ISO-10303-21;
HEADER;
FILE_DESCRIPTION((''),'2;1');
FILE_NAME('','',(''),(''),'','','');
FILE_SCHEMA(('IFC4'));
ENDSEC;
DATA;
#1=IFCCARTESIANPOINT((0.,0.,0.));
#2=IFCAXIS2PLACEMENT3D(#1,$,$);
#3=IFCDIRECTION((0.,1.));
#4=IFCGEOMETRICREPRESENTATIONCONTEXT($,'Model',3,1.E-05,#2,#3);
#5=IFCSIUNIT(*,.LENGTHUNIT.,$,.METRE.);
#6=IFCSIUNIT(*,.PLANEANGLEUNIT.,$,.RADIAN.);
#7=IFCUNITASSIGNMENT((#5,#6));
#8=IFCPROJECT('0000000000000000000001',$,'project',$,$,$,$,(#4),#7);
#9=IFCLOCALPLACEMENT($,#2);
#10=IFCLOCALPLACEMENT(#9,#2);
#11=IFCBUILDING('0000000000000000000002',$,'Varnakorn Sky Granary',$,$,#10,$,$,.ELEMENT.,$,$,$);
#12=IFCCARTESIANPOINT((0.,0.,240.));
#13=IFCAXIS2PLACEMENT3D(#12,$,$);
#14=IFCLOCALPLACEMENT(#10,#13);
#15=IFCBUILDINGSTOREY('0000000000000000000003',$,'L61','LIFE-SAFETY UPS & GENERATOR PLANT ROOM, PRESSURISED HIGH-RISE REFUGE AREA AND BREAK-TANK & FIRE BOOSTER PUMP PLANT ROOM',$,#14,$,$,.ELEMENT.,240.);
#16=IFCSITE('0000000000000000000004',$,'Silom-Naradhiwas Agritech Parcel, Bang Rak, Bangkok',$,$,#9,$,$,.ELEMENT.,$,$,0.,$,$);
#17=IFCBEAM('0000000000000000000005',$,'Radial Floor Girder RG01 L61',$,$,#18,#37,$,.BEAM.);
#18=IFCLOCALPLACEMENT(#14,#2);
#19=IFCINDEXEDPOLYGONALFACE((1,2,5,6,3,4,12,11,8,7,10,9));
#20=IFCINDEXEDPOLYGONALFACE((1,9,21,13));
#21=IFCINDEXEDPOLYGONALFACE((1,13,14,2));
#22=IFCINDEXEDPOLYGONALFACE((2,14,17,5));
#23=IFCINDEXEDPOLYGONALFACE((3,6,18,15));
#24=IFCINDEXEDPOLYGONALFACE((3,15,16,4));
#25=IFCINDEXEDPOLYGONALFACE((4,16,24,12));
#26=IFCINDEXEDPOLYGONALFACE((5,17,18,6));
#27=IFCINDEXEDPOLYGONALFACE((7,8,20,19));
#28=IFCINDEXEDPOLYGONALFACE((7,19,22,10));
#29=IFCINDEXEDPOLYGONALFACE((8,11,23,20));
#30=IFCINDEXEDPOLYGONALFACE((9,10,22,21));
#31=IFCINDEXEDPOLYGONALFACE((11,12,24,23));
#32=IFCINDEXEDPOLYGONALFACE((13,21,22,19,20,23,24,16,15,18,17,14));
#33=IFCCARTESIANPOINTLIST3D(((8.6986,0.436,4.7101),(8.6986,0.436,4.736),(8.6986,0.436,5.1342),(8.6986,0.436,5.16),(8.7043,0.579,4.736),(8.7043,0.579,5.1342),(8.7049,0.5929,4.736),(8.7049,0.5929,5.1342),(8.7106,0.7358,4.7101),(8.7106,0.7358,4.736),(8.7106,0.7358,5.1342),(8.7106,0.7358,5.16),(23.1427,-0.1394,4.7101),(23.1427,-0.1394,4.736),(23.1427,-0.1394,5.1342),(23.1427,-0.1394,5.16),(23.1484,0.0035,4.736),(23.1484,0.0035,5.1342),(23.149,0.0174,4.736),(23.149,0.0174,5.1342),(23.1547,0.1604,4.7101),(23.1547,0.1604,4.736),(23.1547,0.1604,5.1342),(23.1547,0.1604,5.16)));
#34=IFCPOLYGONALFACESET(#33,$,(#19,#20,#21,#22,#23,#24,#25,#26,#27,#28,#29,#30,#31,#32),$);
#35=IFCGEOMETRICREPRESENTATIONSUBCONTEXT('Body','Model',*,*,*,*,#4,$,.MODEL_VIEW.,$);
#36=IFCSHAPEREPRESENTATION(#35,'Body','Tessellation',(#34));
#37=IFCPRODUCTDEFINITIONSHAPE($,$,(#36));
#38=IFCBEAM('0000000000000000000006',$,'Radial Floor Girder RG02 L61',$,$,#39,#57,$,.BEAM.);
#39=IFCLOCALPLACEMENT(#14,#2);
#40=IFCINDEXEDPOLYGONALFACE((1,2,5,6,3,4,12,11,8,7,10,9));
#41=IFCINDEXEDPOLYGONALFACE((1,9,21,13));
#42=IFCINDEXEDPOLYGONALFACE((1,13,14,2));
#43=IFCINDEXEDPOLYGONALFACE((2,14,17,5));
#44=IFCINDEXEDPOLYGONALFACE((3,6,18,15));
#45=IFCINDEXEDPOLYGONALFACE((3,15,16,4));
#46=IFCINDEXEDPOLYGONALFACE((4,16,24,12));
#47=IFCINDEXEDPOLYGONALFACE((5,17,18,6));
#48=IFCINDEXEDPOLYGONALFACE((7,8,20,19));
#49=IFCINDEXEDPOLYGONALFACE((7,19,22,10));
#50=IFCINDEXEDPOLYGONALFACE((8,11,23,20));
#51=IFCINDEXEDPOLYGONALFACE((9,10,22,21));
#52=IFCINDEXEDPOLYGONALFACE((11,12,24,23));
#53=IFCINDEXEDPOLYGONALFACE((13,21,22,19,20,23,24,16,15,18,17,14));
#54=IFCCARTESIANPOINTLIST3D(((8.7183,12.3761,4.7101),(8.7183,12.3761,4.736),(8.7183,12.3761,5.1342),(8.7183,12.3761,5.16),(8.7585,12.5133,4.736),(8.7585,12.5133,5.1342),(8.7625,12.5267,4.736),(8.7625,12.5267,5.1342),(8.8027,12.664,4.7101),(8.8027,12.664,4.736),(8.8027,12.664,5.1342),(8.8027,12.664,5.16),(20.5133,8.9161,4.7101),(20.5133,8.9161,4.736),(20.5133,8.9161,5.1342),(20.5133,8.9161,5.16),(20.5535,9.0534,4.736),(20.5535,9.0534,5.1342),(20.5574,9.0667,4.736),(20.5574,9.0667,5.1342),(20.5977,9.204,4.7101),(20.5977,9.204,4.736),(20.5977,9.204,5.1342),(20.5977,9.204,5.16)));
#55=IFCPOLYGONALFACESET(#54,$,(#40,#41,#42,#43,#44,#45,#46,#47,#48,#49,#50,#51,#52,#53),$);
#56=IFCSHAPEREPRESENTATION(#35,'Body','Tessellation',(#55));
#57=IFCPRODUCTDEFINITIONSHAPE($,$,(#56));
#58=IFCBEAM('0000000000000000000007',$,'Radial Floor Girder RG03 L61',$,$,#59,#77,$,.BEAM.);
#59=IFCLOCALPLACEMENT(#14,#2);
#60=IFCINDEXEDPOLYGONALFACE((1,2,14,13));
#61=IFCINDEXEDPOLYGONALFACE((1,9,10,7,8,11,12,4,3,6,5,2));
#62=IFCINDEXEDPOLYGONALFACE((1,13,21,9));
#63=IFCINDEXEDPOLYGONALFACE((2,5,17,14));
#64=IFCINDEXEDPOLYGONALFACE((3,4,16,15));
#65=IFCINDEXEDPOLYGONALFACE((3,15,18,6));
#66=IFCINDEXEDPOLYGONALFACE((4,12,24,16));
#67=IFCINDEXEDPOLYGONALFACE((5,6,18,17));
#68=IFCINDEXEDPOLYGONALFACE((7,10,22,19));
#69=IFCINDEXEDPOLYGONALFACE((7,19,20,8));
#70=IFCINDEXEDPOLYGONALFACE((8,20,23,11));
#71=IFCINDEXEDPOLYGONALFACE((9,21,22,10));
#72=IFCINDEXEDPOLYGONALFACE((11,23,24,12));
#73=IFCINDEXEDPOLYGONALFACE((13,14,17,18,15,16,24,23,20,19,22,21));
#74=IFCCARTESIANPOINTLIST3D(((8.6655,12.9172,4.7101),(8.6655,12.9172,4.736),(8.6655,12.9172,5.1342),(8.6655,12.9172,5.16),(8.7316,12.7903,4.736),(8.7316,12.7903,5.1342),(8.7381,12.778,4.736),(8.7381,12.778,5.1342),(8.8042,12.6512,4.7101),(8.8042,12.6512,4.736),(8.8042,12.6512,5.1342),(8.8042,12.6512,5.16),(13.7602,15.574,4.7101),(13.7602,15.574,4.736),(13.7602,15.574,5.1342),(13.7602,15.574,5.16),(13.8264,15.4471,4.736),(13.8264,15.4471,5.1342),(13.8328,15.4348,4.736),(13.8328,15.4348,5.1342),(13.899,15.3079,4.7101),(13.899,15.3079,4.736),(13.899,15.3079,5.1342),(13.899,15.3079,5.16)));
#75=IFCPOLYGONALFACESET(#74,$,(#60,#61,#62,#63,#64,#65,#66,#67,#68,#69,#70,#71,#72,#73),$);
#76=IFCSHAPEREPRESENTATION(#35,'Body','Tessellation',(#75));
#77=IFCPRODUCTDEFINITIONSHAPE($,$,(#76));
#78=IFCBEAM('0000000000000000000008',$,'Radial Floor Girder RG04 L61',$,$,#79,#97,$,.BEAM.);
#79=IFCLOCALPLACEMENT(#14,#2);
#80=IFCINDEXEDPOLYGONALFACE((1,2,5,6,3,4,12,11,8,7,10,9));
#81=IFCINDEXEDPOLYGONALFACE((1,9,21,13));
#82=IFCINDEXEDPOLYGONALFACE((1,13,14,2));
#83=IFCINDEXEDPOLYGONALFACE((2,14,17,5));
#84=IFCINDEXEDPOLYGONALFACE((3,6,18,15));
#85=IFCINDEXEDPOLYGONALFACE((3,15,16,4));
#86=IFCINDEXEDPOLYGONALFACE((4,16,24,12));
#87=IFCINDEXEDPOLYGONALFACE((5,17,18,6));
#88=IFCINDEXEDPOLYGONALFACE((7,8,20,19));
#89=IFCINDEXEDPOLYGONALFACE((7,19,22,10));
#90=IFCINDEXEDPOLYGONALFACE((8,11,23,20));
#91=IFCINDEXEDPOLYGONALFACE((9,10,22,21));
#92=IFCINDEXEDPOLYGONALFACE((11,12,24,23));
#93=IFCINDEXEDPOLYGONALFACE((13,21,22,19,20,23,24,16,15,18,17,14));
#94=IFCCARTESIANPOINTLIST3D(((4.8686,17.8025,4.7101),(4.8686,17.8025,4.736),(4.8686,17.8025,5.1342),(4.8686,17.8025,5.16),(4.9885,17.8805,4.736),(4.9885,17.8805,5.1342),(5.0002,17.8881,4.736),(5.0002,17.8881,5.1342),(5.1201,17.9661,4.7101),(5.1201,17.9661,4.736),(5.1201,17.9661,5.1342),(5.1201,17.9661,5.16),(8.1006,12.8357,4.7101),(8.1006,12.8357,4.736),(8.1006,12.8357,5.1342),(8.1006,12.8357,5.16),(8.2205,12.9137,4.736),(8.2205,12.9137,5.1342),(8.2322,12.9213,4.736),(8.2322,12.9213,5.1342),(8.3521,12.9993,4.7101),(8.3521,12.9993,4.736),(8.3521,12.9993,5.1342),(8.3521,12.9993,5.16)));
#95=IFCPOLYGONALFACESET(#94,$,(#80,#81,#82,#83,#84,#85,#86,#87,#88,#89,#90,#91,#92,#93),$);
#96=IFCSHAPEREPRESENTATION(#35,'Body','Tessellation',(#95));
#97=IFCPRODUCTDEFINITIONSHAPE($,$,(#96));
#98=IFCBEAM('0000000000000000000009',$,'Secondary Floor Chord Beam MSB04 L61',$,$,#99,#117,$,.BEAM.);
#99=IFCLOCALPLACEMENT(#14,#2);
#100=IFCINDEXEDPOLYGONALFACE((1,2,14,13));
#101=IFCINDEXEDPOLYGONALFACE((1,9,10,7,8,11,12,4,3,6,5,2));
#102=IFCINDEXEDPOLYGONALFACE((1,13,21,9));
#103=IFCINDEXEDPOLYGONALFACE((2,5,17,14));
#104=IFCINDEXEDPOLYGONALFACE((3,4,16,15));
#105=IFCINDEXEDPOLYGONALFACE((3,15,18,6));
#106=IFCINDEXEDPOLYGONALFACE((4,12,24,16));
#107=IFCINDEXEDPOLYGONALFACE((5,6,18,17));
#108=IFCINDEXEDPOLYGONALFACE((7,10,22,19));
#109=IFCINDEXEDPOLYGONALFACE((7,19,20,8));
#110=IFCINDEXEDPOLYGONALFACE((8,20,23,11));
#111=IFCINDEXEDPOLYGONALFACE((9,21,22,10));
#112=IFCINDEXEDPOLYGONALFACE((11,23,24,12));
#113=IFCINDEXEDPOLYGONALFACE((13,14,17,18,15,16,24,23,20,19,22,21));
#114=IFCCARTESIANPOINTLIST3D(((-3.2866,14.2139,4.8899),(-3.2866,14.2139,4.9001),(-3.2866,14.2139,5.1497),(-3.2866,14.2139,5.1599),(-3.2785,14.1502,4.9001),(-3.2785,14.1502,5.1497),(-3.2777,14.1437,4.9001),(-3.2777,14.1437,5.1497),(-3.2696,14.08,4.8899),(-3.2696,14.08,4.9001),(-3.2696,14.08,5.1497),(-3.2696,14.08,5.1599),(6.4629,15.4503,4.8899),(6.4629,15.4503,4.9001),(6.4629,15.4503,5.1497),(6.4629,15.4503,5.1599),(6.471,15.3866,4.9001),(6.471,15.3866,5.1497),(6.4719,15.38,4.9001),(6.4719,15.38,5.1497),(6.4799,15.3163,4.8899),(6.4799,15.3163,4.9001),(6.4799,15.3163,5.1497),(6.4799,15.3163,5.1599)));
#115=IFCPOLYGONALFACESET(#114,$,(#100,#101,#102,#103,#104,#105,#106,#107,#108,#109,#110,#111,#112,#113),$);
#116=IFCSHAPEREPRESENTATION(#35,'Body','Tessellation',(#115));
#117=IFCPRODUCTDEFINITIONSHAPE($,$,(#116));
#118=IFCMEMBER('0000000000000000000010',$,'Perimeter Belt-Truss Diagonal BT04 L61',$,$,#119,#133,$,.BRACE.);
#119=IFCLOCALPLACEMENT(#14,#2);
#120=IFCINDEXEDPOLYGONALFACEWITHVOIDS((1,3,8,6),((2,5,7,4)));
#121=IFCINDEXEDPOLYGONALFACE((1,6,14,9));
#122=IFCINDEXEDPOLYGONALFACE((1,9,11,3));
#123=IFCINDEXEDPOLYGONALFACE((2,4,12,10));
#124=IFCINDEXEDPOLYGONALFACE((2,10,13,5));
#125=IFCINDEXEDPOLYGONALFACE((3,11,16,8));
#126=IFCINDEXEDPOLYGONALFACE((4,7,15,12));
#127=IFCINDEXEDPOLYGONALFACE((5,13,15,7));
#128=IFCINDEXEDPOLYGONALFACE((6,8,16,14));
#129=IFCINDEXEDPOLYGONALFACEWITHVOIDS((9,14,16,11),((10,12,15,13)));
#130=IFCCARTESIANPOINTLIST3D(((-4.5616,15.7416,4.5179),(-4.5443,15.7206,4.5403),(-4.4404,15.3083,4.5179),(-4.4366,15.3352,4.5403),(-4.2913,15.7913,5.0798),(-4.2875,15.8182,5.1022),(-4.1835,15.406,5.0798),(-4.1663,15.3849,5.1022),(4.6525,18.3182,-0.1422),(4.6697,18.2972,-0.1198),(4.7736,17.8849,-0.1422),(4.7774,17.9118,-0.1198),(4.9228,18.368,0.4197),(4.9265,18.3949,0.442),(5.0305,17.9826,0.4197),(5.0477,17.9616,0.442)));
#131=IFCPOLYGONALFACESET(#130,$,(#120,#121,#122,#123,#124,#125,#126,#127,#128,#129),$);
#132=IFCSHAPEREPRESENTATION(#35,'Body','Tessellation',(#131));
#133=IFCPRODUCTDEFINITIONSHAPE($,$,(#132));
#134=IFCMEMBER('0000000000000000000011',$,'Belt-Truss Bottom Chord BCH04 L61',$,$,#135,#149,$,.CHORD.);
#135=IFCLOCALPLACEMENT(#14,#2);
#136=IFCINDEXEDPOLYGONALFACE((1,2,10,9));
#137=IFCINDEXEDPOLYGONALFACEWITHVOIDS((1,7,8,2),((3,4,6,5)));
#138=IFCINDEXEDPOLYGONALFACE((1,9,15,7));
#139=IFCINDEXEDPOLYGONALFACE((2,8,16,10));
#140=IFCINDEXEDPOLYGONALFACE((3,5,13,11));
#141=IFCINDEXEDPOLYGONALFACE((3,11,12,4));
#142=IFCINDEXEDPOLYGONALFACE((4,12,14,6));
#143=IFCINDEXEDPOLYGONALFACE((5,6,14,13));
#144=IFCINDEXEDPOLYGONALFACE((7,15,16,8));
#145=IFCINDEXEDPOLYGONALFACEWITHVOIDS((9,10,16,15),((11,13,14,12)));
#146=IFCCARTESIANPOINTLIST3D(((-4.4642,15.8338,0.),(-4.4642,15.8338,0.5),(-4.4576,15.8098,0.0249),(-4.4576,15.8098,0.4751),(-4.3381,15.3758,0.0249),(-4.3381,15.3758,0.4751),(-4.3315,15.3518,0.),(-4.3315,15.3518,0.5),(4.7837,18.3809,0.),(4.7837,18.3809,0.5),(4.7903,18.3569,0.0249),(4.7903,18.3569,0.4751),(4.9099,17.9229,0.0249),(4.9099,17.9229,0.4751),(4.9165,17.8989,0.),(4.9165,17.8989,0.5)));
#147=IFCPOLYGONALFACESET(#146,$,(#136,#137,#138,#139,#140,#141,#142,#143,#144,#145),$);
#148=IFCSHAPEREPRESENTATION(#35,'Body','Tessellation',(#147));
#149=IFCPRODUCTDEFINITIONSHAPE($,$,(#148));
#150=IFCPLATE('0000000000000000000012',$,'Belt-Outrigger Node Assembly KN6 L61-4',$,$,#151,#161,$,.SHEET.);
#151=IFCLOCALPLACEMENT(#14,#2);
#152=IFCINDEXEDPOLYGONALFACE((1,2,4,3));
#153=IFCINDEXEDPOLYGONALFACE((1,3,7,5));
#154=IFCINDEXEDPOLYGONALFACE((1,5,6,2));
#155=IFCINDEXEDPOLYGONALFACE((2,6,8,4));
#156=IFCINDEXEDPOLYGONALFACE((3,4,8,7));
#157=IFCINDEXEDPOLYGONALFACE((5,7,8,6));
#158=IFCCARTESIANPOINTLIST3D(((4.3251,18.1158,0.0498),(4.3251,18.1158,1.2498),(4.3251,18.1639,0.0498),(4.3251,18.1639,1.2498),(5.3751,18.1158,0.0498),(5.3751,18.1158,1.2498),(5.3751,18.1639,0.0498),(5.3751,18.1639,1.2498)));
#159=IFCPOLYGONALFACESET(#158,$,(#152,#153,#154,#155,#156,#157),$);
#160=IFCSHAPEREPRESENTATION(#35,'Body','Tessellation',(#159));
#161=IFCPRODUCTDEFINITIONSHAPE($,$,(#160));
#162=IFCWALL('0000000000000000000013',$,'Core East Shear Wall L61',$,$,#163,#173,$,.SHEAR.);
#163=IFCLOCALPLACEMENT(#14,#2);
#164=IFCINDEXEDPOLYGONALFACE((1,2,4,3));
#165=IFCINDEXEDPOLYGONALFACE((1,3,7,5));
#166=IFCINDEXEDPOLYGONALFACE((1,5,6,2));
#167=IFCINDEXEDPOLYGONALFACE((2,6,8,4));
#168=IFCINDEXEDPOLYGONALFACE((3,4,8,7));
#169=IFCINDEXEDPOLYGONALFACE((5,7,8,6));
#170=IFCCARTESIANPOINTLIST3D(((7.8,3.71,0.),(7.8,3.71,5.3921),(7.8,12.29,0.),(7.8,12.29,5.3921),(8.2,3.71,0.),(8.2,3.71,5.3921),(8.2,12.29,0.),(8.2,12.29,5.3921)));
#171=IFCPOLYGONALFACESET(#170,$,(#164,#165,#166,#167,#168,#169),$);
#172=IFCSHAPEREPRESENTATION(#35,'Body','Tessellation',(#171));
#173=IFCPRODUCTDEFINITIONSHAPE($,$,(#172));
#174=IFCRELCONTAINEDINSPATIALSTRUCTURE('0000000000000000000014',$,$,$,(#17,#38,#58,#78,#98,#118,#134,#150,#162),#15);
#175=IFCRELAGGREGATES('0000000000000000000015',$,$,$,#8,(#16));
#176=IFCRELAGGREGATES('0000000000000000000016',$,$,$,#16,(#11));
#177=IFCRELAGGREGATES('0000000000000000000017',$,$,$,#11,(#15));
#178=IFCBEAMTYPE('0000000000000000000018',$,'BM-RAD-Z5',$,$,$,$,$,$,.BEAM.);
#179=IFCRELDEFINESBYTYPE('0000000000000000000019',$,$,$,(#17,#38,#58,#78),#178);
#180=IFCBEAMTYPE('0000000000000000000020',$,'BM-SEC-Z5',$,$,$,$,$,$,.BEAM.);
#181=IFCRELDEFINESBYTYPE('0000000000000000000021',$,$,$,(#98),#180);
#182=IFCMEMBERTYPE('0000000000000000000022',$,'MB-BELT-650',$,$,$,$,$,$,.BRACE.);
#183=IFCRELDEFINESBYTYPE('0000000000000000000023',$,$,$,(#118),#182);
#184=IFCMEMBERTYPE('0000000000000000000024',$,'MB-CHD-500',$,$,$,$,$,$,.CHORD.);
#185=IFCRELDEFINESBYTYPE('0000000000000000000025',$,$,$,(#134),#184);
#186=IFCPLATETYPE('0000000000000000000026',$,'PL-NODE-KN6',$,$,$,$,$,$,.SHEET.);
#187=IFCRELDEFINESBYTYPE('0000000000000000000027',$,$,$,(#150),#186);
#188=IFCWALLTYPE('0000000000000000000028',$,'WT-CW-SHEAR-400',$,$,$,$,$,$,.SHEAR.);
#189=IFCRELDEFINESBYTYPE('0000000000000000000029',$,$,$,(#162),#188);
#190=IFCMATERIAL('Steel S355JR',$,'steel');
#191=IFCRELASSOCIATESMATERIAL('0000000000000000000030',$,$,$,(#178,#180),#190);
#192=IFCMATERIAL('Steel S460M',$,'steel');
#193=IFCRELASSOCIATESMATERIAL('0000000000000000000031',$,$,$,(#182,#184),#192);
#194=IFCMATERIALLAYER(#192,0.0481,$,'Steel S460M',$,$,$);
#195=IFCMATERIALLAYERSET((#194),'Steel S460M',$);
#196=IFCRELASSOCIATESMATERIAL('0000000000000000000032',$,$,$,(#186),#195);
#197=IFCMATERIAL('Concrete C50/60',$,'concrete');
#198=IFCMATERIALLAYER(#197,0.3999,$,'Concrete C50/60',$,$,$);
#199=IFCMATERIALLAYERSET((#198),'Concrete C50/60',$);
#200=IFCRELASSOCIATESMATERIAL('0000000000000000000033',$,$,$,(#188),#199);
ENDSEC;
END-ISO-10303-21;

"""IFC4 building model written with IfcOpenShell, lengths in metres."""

from ifc_helpers import new_model, si_unit, direction, frame, frame_2d, origin, origin_2d, place, context, subcontext, project, spatial, rectangle, hollow_rectangle, i_section, extrude, material, layer, layer_set, material_profile, profile_set, type_object, element, save


model = new_model("IFC4")

# Units and contexts
model_context = context("Model", 3, precision=1e-05, world=origin(), true_north=direction((0.0, 1.0)))
body_context = subcontext(model_context, "Body", "Model", "MODEL_VIEW")
ifc_project = project(units=[si_unit("LENGTHUNIT", "METRE"), si_unit("PLANEANGLEUNIT", "RADIAN")], contexts=[model_context])

# Site, building, storey
site_placement = place(None, origin())
site = spatial("IfcSite", under=ifc_project, at=site_placement, Name="Silom-Naradhiwas Agritech Parcel, Bang Rak, Bangkok", CompositionType="ELEMENT", RefElevation=0.0)
building_placement = place(site_placement, origin())
building = spatial("IfcBuilding", under=site, at=building_placement, Name="Varnakorn Sky Granary", CompositionType="ELEMENT")
storey_placement = place(building_placement, frame((0.0, 0.0, 240.0)))
storey = spatial("IfcBuildingStorey", under=building, at=storey_placement, Name="L61", Description="LIFE-SAFETY UPS & GENERATOR PLANT ROOM, PRESSURISED HIGH-RISE REFUGE AREA AND BREAK-TANK & FIRE BOOSTER PUMP PLANT ROOM", CompositionType="ELEMENT", Elevation=240.0)

# Shared definitions
ifc_material_1 = material(Name="Steel S460M", Category="steel")
ifc_material_2 = material(Name="Concrete C50/60", Category="concrete")

# Beams
ifc_material_3 = material(Name="Steel S355JR", Category="steel")
ifc_material_profile_1 = material_profile(ifc_material_3, i_section(OverallWidth=0.3, OverallDepth=0.45, WebThickness=0.0139, FlangeThickness=0.0259, at=origin_2d()), Name="HE 450 B")
ifc_profile_set_1 = profile_set([ifc_material_profile_1], Name="Steel S355JR")
beam_type_1 = type_object("IfcBeamType", Name="BM-RAD-Z5", PredefinedType="BEAM", material=ifc_profile_set_1)
beam_1_placement = place(storey_placement, frame((8.7046, 0.5859, 4.9351), z_axis=(0.999207, -0.039808, 0.0), x_axis=(0.039808, 0.999207, 0.0)))
element("IfcBeam", 1, at=beam_1_placement, inside=storey, type_object=beam_type_1, Name="Radial Floor Girder RG01 L61", PredefinedType="BEAM", context=body_context, shape_type="SweptSolid", body=[
    extrude(i_section(OverallWidth=0.3, OverallDepth=0.45, WebThickness=0.0139, FlangeThickness=0.0259, at=origin_2d()), origin(), (0.0, 0.0, 1.0), 14.4556),
])
beam_2_placement = place(storey_placement, frame((8.7605, 12.52, 4.9351), z_axis=(0.959566, -0.281482, 0.0), x_axis=(0.281482, 0.959566, 0.0)))
element("IfcBeam", 2, at=beam_2_placement, inside=storey, type_object=beam_type_1, Name="Radial Floor Girder RG02 L61", PredefinedType="BEAM", context=body_context, shape_type="SweptSolid", body=[
    extrude(i_section(OverallWidth=0.3, OverallDepth=0.45, WebThickness=0.0139, FlangeThickness=0.0259, at=origin_2d()), origin(), (0.0, 0.0, 1.0), 12.292),
])
beam_3_placement = place(storey_placement, frame((8.7349, 12.7842, 4.9351), z_axis=(0.886683, 0.462377, 0.0), x_axis=(-0.462377, 0.886683, 0.0)))
element("IfcBeam", 3, at=beam_3_placement, inside=storey, type_object=beam_type_1, Name="Radial Floor Girder RG03 L61", PredefinedType="BEAM", context=body_context, shape_type="SweptSolid", body=[
    extrude(i_section(OverallWidth=0.3, OverallDepth=0.45, WebThickness=0.0139, FlangeThickness=0.0259, at=origin_2d()), origin(), (0.0, 0.0, 1.0), 5.7458),
])
beam_4_placement = place(storey_placement, frame((8.2263, 12.9175, 4.9351), z_axis=(-0.545405, 0.838172, 0.0), x_axis=(-0.838172, -0.545405, 0.0)))
element("IfcBeam", 4, at=beam_4_placement, inside=storey, type_object=beam_type_1, Name="Radial Floor Girder RG04 L61", PredefinedType="BEAM", context=body_context, shape_type="SweptSolid", body=[
    extrude(i_section(OverallWidth=0.3, OverallDepth=0.45, WebThickness=0.0139, FlangeThickness=0.0259, at=origin_2d()), origin(), (0.0, 0.0, 1.0), 5.9258),
])
ifc_material_profile_2 = material_profile(ifc_material_3, i_section(OverallWidth=0.135, OverallDepth=0.27, WebThickness=0.0066, FlangeThickness=0.0103, at=origin_2d()), Name="IPE 270")
ifc_profile_set_2 = profile_set([ifc_material_profile_2], Name="Steel S355JR")
beam_type_2 = type_object("IfcBeamType", Name="BM-SEC-Z5", PredefinedType="BEAM", material=ifc_profile_set_2)
beam_5_placement = place(storey_placement, frame((6.4714, 15.3833, 5.0249), z_axis=(-0.992055, -0.125802, 0.0), x_axis=(0.125802, -0.992055, 0.0)))
element("IfcBeam", 5, at=beam_5_placement, inside=storey, type_object=beam_type_2, Name="Secondary Floor Chord Beam MSB04 L61", PredefinedType="BEAM", context=body_context, shape_type="SweptSolid", body=[
    extrude(i_section(OverallWidth=0.135, OverallDepth=0.27, WebThickness=0.0066, FlangeThickness=0.0103, at=origin_2d()), origin(), (0.0, 0.0, 1.0), 9.8276),
])

# Members
ifc_material_profile_3 = material_profile(ifc_material_1, hollow_rectangle(XDim=0.45, YDim=0.6499, WallThickness=0.0249, at=origin_2d()), Name="RHS 450x650x25")
ifc_profile_set_3 = profile_set([ifc_material_profile_3], Name="Steel S460M")
member_type_1 = type_object("IfcMemberType", Name="MB-BELT-650", PredefinedType="BRACE", material=ifc_profile_set_3)
member_1_placement = place(storey_placement, frame((4.8501, 18.1399, 0.1499), z_axis=(-0.86581, -0.242118, 0.437895), x_axis=(0.269311, -0.963053, 0.0)))
element("IfcMember", 6, at=member_1_placement, inside=storey, type_object=member_type_1, Name="Perimeter Belt-Truss Diagonal BT04 L61", PredefinedType="BRACE", context=body_context, shape_type="SweptSolid", body=[
    extrude(hollow_rectangle(XDim=0.45, YDim=0.6499, WallThickness=0.0249, at=origin_2d()), origin(), (0.0, 0.0, 1.0), 10.6421),
])
ifc_material_profile_4 = material_profile(ifc_material_1, hollow_rectangle(XDim=0.5, YDim=0.5, WallThickness=0.0249, at=origin_2d()), Name="SHS 500x500x25")
ifc_profile_set_4 = profile_set([ifc_material_profile_4], Name="Steel S460M")
member_type_2 = type_object("IfcMemberType", Name="MB-CHD-500", PredefinedType="CHORD", material=ifc_profile_set_4)
member_2_placement = place(storey_placement, frame((4.8501, 18.1399, 0.25), z_axis=(-0.964101, -0.265535, 0.0), x_axis=(0.265535, -0.964101, 0.0)))
element("IfcMember", 7, at=member_2_placement, inside=storey, type_object=member_type_2, Name="Belt-Truss Bottom Chord BCH04 L61", PredefinedType="CHORD", context=body_context, shape_type="SweptSolid", body=[
    extrude(hollow_rectangle(XDim=0.5, YDim=0.5, WallThickness=0.0249, at=origin_2d()), origin(), (0.0, 0.0, 1.0), 9.5923),
])

# Plate
ifc_layer_1 = layer(ifc_material_1, 0.0481, Name="Steel S460M")
ifc_layer_set_1 = layer_set([ifc_layer_1], Name="Steel S460M")
plate_type = type_object("IfcPlateType", Name="PL-NODE-KN6", PredefinedType="SHEET", material=ifc_layer_set_1)
plate_placement = place(storey_placement, frame((4.8501, 18.1399, 0.0498), z_axis=(0.0, 0.0, 1.0), x_axis=(1.0, 0.0, 0.0)))
element("IfcPlate", 8, at=plate_placement, inside=storey, type_object=plate_type, Name="Belt-Outrigger Node Assembly KN6 L61-4", PredefinedType="SHEET", context=body_context, shape_type="SweptSolid", body=[
    extrude(rectangle(XDim=1.05, YDim=0.0481, at=origin_2d()), origin(), (0.0, 0.0, 1.0), 1.2),
])

# Wall
ifc_layer_2 = layer(ifc_material_2, 0.3999, Name="Concrete C50/60")
ifc_layer_set_2 = layer_set([ifc_layer_2], Name="Concrete C50/60")
wall_type_1 = type_object("IfcWallType", Name="WT-CW-SHEAR-400", PredefinedType="SHEAR", material=ifc_layer_set_2)
wall_1_placement = place(storey_placement, frame((8.0, 3.71, 0.0), z_axis=(0.0, 0.0, 1.0), x_axis=(0.0, 1.0, 0.0)))
element("IfcWall", 9, at=wall_1_placement, inside=storey, type_object=wall_type_1, Name="Core East Shear Wall L61", PredefinedType="SHEAR", context=body_context, shape_type="SweptSolid", body=[
    extrude(rectangle(XDim=8.5801, YDim=0.3999, at=frame_2d((4.29, 0.0))), origin(), (0.0, 0.0, 1.0), 5.3921),
])

save(model, "model.ifc")
